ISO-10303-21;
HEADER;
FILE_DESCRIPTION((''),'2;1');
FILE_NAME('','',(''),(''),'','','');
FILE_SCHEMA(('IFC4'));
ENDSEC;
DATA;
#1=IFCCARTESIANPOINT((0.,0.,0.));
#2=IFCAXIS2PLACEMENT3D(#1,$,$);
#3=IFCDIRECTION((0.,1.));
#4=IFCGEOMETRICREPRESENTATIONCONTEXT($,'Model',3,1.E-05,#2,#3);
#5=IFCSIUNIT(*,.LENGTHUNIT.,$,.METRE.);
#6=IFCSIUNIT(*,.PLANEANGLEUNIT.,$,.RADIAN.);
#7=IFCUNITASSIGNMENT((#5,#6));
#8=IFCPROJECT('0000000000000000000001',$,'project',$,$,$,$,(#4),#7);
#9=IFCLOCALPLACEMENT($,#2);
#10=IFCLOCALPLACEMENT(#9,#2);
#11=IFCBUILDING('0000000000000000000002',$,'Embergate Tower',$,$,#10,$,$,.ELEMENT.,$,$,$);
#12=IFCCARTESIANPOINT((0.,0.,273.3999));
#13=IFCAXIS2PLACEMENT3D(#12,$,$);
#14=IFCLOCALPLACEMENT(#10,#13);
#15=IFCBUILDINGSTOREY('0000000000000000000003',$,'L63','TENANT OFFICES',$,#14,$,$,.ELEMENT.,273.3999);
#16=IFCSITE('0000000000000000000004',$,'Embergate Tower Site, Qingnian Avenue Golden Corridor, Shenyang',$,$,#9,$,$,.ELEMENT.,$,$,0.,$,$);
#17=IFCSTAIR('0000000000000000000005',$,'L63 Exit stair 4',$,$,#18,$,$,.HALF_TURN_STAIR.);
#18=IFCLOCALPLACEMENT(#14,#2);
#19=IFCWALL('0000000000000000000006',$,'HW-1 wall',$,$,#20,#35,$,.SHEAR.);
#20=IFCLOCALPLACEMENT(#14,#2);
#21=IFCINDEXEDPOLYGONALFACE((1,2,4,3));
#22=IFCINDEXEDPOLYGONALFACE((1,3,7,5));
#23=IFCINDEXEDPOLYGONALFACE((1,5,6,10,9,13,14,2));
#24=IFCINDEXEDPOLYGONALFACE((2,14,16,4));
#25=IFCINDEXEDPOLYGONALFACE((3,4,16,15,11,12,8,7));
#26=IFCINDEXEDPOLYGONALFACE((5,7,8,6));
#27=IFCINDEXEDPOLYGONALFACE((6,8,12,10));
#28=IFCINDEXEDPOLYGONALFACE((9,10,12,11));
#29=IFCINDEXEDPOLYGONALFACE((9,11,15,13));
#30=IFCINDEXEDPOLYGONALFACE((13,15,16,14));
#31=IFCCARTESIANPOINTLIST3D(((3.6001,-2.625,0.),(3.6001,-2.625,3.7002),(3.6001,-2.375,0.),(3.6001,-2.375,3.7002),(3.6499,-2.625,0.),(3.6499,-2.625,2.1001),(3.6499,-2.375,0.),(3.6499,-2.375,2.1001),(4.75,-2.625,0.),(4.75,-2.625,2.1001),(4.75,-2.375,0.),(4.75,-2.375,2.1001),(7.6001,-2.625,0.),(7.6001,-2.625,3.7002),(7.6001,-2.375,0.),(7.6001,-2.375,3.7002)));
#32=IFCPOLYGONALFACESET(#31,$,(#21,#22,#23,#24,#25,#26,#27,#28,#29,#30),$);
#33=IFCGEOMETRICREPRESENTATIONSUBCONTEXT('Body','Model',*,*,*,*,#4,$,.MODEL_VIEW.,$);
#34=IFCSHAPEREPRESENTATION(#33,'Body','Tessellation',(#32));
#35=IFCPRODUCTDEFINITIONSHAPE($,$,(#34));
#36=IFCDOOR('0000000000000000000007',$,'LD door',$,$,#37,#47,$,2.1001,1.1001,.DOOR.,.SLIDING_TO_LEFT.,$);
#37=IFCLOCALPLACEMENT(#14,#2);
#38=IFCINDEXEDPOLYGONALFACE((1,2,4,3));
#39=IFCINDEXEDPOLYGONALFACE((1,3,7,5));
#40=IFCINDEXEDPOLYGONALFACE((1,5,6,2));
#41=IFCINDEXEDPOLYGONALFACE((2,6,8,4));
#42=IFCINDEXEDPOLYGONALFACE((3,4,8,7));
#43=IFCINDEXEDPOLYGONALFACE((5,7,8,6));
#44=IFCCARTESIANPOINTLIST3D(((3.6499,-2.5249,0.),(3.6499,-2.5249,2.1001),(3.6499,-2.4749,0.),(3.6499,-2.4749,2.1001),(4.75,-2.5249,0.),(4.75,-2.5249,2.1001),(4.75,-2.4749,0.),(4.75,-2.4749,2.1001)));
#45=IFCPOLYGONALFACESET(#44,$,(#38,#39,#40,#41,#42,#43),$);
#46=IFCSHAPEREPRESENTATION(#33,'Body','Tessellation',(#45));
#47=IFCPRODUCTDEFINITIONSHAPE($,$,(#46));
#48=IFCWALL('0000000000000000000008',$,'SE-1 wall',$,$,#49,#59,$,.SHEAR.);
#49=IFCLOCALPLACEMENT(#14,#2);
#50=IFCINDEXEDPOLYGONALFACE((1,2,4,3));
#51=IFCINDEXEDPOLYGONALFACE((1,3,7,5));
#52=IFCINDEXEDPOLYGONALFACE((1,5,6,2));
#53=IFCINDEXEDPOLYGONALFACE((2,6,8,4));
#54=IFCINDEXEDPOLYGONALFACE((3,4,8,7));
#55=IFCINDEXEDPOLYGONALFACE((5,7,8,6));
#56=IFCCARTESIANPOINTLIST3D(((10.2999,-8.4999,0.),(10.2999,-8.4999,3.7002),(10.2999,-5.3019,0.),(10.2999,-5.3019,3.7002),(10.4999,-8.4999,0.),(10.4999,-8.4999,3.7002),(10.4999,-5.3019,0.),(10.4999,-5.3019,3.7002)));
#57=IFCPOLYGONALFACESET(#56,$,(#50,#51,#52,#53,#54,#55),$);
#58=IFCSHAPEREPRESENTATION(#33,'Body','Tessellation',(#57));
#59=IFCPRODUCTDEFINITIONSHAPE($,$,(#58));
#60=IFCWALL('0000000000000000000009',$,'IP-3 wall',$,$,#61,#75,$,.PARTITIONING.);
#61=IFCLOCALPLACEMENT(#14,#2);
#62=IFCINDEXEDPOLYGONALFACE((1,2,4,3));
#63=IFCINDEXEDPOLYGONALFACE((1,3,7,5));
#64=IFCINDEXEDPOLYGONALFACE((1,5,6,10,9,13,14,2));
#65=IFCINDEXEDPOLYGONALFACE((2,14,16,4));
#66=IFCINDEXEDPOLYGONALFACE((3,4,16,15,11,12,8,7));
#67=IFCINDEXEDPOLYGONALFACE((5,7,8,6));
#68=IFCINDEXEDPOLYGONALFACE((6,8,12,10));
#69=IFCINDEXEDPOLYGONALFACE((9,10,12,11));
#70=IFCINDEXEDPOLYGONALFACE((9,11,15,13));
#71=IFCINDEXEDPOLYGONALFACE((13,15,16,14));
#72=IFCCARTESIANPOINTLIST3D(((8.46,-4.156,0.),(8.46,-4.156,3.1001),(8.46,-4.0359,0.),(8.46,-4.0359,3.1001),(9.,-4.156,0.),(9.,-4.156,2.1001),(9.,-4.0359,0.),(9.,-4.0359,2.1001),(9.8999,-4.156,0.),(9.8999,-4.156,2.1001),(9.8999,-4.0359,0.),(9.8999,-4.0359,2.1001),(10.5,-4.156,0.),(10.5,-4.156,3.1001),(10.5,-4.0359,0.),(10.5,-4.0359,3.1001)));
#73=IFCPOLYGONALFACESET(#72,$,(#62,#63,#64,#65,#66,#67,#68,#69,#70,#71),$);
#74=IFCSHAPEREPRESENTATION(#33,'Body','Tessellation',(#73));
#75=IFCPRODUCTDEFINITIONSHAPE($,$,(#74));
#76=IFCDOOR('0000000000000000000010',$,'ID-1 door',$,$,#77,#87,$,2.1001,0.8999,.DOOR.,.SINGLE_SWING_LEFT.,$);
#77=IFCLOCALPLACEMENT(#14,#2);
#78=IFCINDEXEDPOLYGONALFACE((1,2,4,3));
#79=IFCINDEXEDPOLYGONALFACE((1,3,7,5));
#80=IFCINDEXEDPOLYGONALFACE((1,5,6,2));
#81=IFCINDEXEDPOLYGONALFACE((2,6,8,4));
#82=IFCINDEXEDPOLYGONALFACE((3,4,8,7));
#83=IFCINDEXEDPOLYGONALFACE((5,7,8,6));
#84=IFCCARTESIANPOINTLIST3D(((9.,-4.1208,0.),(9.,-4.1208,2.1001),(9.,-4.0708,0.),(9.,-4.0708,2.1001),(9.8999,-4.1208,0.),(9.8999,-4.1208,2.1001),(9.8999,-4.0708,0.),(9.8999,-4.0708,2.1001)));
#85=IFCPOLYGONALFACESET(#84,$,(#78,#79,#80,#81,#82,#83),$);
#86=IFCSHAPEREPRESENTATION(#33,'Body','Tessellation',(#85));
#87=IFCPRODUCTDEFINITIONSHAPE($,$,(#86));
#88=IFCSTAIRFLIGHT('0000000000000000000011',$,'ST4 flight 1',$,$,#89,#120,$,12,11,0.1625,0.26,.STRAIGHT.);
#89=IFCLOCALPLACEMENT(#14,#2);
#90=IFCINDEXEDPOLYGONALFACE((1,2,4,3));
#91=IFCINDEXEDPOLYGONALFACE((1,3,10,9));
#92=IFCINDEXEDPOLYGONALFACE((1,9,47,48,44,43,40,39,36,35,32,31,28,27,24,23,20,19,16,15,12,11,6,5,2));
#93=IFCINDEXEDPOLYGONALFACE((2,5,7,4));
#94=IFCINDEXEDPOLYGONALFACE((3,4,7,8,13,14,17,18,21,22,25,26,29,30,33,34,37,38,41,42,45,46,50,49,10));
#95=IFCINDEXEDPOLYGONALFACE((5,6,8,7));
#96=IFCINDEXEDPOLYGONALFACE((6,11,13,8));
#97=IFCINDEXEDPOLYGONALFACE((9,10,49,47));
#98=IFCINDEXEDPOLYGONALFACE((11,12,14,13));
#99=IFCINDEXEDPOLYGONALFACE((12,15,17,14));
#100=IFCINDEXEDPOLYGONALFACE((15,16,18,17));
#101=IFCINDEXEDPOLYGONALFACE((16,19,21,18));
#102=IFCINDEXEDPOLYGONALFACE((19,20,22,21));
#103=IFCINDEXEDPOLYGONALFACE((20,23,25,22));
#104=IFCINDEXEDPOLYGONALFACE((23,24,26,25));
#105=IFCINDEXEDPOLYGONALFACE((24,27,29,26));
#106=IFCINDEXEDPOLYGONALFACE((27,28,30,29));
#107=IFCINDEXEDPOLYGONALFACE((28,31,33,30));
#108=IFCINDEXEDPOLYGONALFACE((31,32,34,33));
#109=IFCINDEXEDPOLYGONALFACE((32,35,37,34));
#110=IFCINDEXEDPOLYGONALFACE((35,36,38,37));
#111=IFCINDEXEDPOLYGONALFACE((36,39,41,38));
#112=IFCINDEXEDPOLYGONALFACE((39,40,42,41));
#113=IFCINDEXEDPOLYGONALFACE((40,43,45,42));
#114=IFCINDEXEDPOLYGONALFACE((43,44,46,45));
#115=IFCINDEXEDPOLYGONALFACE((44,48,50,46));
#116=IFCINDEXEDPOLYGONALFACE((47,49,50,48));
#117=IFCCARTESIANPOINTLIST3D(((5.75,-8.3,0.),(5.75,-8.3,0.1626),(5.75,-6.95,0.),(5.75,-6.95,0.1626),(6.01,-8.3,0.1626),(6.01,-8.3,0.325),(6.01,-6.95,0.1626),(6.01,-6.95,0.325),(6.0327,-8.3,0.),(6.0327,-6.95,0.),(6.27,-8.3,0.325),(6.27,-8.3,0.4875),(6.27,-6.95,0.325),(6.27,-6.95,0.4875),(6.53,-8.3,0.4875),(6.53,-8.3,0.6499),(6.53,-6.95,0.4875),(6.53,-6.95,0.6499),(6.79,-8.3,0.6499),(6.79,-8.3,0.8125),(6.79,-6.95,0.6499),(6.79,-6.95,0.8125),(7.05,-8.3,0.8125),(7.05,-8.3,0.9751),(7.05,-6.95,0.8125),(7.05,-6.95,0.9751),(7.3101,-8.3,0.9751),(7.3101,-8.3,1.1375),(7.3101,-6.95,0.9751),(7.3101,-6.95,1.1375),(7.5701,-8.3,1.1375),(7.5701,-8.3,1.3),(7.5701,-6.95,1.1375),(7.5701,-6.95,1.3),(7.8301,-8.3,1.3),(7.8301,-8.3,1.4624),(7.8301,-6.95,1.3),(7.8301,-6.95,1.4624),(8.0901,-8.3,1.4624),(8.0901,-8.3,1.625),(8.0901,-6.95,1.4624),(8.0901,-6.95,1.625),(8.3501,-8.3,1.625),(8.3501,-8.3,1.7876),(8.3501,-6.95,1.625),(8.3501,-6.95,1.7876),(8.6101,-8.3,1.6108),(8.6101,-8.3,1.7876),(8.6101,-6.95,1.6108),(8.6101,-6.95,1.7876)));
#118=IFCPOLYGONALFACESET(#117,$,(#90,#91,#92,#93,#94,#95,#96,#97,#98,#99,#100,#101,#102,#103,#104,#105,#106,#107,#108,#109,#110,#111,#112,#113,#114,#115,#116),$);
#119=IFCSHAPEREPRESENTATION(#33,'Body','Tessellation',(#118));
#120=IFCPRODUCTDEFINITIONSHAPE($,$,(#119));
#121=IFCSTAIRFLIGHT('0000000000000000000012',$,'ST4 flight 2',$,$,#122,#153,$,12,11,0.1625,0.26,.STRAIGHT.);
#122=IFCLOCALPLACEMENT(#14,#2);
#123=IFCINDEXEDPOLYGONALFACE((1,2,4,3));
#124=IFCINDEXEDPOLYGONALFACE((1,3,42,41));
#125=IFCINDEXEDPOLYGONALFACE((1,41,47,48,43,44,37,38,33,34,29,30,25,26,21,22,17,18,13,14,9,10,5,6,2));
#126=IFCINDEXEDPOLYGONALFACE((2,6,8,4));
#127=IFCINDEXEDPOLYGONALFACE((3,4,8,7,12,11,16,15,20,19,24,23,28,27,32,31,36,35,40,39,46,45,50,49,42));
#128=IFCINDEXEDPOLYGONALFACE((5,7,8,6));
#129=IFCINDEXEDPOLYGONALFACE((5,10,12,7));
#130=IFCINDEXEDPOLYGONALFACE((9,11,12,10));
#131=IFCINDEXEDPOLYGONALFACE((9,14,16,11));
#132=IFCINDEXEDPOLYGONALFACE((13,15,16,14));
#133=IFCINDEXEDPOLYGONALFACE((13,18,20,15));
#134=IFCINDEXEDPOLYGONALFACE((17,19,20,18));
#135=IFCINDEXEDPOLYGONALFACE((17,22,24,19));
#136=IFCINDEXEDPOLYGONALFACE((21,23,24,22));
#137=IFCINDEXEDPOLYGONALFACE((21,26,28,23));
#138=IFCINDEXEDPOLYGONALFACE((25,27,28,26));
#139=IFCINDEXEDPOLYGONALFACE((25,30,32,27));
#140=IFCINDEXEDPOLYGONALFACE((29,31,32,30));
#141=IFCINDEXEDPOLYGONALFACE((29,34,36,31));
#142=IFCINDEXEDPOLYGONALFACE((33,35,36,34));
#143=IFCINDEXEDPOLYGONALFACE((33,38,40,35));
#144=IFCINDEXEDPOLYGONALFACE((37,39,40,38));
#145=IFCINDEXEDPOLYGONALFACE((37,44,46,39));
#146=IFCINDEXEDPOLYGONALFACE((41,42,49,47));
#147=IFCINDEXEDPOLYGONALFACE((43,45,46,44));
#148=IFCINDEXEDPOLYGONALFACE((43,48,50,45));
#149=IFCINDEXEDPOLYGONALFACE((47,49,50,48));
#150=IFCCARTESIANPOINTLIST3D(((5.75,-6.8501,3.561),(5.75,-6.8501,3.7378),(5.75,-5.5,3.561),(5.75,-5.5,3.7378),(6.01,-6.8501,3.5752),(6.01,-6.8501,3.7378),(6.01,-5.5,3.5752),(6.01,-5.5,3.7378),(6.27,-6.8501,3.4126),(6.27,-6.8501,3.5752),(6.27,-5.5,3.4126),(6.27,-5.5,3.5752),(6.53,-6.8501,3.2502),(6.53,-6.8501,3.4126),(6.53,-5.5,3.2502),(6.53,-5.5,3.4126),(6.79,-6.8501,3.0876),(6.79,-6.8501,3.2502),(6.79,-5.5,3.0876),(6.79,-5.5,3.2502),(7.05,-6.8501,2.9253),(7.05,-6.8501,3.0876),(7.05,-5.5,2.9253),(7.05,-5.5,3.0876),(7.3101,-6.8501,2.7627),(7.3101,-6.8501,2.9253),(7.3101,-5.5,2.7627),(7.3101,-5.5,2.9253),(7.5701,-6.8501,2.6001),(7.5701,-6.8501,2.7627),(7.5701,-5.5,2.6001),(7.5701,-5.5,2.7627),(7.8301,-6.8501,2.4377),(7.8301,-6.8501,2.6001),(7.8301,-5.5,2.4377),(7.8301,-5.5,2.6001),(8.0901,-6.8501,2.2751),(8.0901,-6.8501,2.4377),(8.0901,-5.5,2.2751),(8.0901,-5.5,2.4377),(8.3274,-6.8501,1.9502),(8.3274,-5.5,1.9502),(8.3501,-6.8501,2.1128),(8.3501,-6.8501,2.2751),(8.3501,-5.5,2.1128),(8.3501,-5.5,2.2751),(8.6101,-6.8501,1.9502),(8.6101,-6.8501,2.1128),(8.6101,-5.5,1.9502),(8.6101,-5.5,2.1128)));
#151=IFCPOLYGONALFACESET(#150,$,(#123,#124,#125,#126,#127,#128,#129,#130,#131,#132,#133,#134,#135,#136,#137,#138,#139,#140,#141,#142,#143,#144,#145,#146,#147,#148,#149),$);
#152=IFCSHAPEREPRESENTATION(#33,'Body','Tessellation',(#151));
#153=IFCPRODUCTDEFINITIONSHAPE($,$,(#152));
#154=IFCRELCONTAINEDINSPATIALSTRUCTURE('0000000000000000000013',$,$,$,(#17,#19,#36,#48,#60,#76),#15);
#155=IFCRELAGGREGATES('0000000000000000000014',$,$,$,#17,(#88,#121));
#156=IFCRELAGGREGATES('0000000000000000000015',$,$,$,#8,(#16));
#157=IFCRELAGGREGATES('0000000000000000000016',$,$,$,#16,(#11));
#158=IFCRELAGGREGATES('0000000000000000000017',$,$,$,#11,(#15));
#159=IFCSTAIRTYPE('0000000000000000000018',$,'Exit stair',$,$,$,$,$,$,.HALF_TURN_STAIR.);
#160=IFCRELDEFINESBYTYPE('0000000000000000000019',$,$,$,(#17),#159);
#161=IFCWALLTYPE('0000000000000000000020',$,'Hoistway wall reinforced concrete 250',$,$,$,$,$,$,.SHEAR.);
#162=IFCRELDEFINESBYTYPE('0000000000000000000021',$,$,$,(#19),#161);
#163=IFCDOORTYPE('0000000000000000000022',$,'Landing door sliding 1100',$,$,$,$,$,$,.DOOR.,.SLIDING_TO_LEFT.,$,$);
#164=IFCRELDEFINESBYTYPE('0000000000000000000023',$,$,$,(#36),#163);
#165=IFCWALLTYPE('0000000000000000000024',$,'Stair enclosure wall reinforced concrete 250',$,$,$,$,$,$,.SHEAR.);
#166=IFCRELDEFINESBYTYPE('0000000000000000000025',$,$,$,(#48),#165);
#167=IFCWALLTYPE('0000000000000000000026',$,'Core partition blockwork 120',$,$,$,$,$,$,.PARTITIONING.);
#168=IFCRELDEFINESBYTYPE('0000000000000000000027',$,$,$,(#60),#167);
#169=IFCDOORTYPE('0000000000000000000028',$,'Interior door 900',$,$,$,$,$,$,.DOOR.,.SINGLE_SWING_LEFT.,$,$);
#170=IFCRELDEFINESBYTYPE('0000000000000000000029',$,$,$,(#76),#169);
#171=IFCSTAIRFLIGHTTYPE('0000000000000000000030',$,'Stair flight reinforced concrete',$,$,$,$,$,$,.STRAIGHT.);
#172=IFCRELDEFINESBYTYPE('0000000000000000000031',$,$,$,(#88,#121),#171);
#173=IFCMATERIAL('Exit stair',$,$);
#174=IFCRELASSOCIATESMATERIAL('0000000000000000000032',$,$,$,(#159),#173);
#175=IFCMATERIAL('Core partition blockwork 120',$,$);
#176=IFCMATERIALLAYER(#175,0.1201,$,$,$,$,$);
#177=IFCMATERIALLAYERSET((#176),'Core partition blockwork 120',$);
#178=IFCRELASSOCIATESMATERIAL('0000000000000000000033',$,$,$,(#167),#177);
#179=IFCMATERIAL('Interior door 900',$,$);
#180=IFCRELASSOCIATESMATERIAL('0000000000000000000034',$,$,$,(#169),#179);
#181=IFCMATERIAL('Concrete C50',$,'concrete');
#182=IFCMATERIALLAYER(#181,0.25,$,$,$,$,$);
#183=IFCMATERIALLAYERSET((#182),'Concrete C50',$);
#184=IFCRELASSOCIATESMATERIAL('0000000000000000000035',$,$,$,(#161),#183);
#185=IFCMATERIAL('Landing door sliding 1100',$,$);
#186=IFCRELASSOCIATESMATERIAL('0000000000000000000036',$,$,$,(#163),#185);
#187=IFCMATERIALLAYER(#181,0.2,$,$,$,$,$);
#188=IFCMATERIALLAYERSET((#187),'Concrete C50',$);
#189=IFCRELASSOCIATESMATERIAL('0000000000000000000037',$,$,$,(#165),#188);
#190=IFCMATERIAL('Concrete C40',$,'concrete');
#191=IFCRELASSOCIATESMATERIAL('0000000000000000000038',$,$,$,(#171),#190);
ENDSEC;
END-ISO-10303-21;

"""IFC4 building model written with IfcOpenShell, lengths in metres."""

from ifc_helpers import new_model, si_unit, direction, frame, frame_2d, origin, place, context, subcontext, project, spatial, polyline, rectangle, outline, extrude, source, transform, mapped, material, layer, layer_set, type_object, element, fill, aggregate, save


model = new_model("IFC4")

# Units and contexts
model_context = context("Model", 3, precision=1e-05, world=origin(), true_north=direction((0.0, 1.0)))
body_context = subcontext(model_context, "Body", "Model", "MODEL_VIEW")
ifc_project = project(units=[si_unit("LENGTHUNIT", "METRE"), si_unit("PLANEANGLEUNIT", "RADIAN")], contexts=[model_context])

# Site, building, storey
site_placement = place(None, origin())
site = spatial("IfcSite", under=ifc_project, at=site_placement, Name="Embergate Tower Site, Qingnian Avenue Golden Corridor, Shenyang", CompositionType="ELEMENT", RefElevation=0.0)
building_placement = place(site_placement, origin())
building = spatial("IfcBuilding", under=site, at=building_placement, Name="Embergate Tower", CompositionType="ELEMENT")
storey_placement = place(building_placement, frame((0.0, 0.0, 273.3999)))
storey = spatial("IfcBuildingStorey", under=building, at=storey_placement, Name="L63", Description="TENANT OFFICES", CompositionType="ELEMENT", Elevation=273.3999)

# Stair
ifc_material_1 = material(Name="Exit stair")
stair_type = type_object("IfcStairType", Name="Exit stair", PredefinedType="HALF_TURN_STAIR", material=ifc_material_1)
stair_placement = place(storey_placement, origin())
stair = element("IfcStair", 1, at=stair_placement, inside=storey, type_object=stair_type, Name="L63 Exit stair 4", PredefinedType="HALF_TURN_STAIR")
ifc_material_2 = material(Name="Concrete C40", Category="concrete")

# Shared definitions
ifc_material_3 = material(Name="Concrete C50", Category="concrete")
ifc_material_4 = material(Name="Core partition blockwork 120")
ifc_layer_1 = layer(ifc_material_4, 0.1201)
ifc_layer_set_1 = layer_set([ifc_layer_1], Name="Core partition blockwork 120")
wall_type_1 = type_object("IfcWallType", Name="Core partition blockwork 120", PredefinedType="PARTITIONING", material=ifc_layer_set_1)
shared_shape_1 = source(origin(), body_context, "Body", "SweptSolid", [
    extrude(rectangle(XDim=0.8999, YDim=2.1001, at=frame_2d((0.45, 1.05))), frame((0.0, 0.0701, 0.0), z_axis=(0.0, -1.0, 0.0), x_axis=(1.0, 0.0, 0.0)), (0.0, 0.0, 1.0), 0.1401),
])
ifc_material_5 = material(Name="Interior door 900")
door_type_1 = type_object("IfcDoorType", Name="Interior door 900", OperationType="SINGLE_SWING_LEFT", PredefinedType="DOOR", material=ifc_material_5)
shared_shape_2 = source(origin(), body_context, "Body", "SweptSolid", [
    extrude(rectangle(XDim=0.8999, YDim=2.1001, at=frame_2d((0.45, 1.05))), frame((0.0, 0.0249, 0.0), z_axis=(0.0, -1.0, 0.0), x_axis=(1.0, 0.0, 0.0)), (0.0, 0.0, 1.0), 0.05),
])

# Shared definitions
ifc_layer_2 = layer(ifc_material_3, 0.25)
ifc_layer_set_2 = layer_set([ifc_layer_2], Name="Concrete C50")
wall_type_2 = type_object("IfcWallType", Name="Hoistway wall reinforced concrete 250", PredefinedType="SHEAR", material=ifc_layer_set_2)

# Wall, opening, door
shared_shape_3 = source(origin(), body_context, "Body", "SweptSolid", [
    extrude(rectangle(XDim=4.0, YDim=0.25, at=frame_2d((2.0, 0.0))), origin(), (0.0, 0.0, 1.0), 3.7002),
])
wall_1_placement = place(storey_placement, frame((7.6001, -2.5, 0.0), z_axis=(0.0, 0.0, 1.0), x_axis=(-1.0, 0.0, 0.0)))
wall_1 = element("IfcWall", 2, at=wall_1_placement, inside=storey, type_object=wall_type_2, Name="HW-1 wall", PredefinedType="SHEAR", context=body_context, shape_type="MappedRepresentation", body=[
    mapped(shared_shape_3, transform((0.0, 0.0, 0.0))),
])
shared_shape_4 = source(origin(), body_context, "Body", "SweptSolid", [
    extrude(rectangle(XDim=1.1001, YDim=2.1001, at=frame_2d((0.55, 1.05))), frame((0.0, 0.135, 0.0), z_axis=(0.0, -1.0, 0.0), x_axis=(1.0, 0.0, 0.0)), (0.0, 0.0, 1.0), 0.27),
])
opening_1_placement = place(wall_1_placement, frame((2.8501, 0.0, 0.0)))
opening_1 = element("IfcOpeningElement", 3, at=opening_1_placement, cuts=wall_1, PredefinedType="OPENING", context=body_context, shape_type="MappedRepresentation", body=[
    mapped(shared_shape_4, transform((0.0, 0.0, 0.0))),
])
ifc_material_6 = material(Name="Landing door sliding 1100")
door_type_2 = type_object("IfcDoorType", Name="Landing door sliding 1100", OperationType="SLIDING_TO_LEFT", PredefinedType="DOOR", material=ifc_material_6)
shared_shape_5 = source(origin(), body_context, "Body", "SweptSolid", [
    extrude(rectangle(XDim=1.1001, YDim=2.1001, at=frame_2d((0.55, 1.05))), frame((0.0, 0.0249, 0.0), z_axis=(0.0, -1.0, 0.0), x_axis=(1.0, 0.0, 0.0)), (0.0, 0.0, 1.0), 0.05),
])
door_1_placement = place(opening_1_placement, origin())
door_1 = element("IfcDoor", 4, at=door_1_placement, inside=storey, type_object=door_type_2, Name="LD door", OperationType="SLIDING_TO_LEFT", OverallHeight=2.1001, OverallWidth=1.1001, PredefinedType="DOOR", context=body_context, shape_type="MappedRepresentation", body=[
    mapped(shared_shape_5, transform((0.0, 0.0, 0.0))),
])
fill(opening_1, door_1)

# Wall
ifc_layer_3 = layer(ifc_material_3, 0.2)
ifc_layer_set_3 = layer_set([ifc_layer_3], Name="Concrete C50")
wall_type_3 = type_object("IfcWallType", Name="Stair enclosure wall reinforced concrete 250", PredefinedType="SHEAR", material=ifc_layer_set_3)
shared_shape_6 = source(origin(), body_context, "Body", "SweptSolid", [
    extrude(rectangle(XDim=3.198, YDim=0.2, at=frame_2d((1.5991, 0.0))), origin(), (0.0, 0.0, 1.0), 3.7002),
])
wall_2_placement = place(storey_placement, frame((10.3999, -8.5, 0.0), z_axis=(0.0, 0.0, 1.0), x_axis=(0.0, 1.0, 0.0)))
element("IfcWall", 5, at=wall_2_placement, inside=storey, type_object=wall_type_3, Name="SE-1 wall", PredefinedType="SHEAR", context=body_context, shape_type="MappedRepresentation", body=[
    mapped(shared_shape_6, transform((0.0, 0.0, 0.0))),
])

# Wall, opening, door
shared_shape_7 = source(origin(), body_context, "Body", "SweptSolid", [
    extrude(rectangle(XDim=2.04, YDim=0.1201, at=frame_2d((1.02, 0.0))), origin(), (0.0, 0.0, 1.0), 3.1001),
])
wall_3_placement = place(storey_placement, frame((10.5, -4.0959, 0.0), z_axis=(0.0, 0.0, 1.0), x_axis=(-1.0, 0.0, 0.0)))
wall_3 = element("IfcWall", 6, at=wall_3_placement, inside=storey, type_object=wall_type_1, Name="IP-3 wall", PredefinedType="PARTITIONING", context=body_context, shape_type="MappedRepresentation", body=[
    mapped(shared_shape_7, transform((0.0, 0.0, 0.0))),
])
opening_2_placement = place(wall_3_placement, frame((0.6001, 0.0, 0.0)))
opening_2 = element("IfcOpeningElement", 7, at=opening_2_placement, cuts=wall_3, PredefinedType="OPENING", context=body_context, shape_type="MappedRepresentation", body=[
    mapped(shared_shape_1, transform((0.0, 0.0, 0.0))),
])
door_2_placement = place(opening_2_placement, origin())
door_2 = element("IfcDoor", 8, at=door_2_placement, inside=storey, type_object=door_type_1, Name="ID-1 door", OperationType="SINGLE_SWING_LEFT", OverallHeight=2.1001, OverallWidth=0.8999, PredefinedType="DOOR", context=body_context, shape_type="MappedRepresentation", body=[
    mapped(shared_shape_2, transform((0.0, 0.0, 0.0))),
])
fill(opening_2, door_2)

# Stair flights
stair_flight_type = type_object("IfcStairFlightType", Name="Stair flight reinforced concrete", PredefinedType="STRAIGHT", material=ifc_material_2)
shared_shape_8 = source(origin(), body_context, "Body", "SweptSolid", [
    extrude(outline(polyline([(0.0, 0.0), (0.0, 0.1626), (0.26, 0.1626), (0.26, 0.325), (0.52, 0.325), (0.52, 0.4875), (0.78, 0.4875), (0.78, 0.6499), (1.04, 0.6499), (1.04, 0.8125), (1.3, 0.8125), (1.3, 0.9751), (1.5601, 0.9751), (1.5601, 1.1375), (1.8201, 1.1375), (1.8201, 1.3), (2.0801, 1.3), (2.0801, 1.4624), (2.3401, 1.4624), (2.3401, 1.625), (2.6001, 1.625), (2.6001, 1.7876), (2.8601, 1.7876), (2.8601, 1.95), (2.8601, 1.6108), (0.2827, 0.0), (0.0, 0.0)])), frame((0.0, 0.675, 0.0), z_axis=(0.0, -1.0, 0.0), x_axis=(1.0, 0.0, 0.0)), (0.0, 0.0, 1.0), 1.3501),
])
stair_flight_1_placement = place(storey_placement, frame((5.75, -7.625, 0.0), z_axis=(0.0, 0.0, 1.0), x_axis=(1.0, 0.0, 0.0)))
stair_flight_1 = element("IfcStairFlight", 9, at=stair_flight_1_placement, type_object=stair_flight_type, Name="ST4 flight 1", NumberOfRisers=12, NumberOfTreads=11, PredefinedType="STRAIGHT", RiserHeight=0.1625, TreadLength=0.26, context=body_context, shape_type="MappedRepresentation", body=[
    mapped(shared_shape_8, transform((0.0, 0.0, 0.0))),
])
stair_flight_2_placement = place(storey_placement, frame((8.6101, -6.175, 1.9502), z_axis=(0.0, 0.0, 1.0), x_axis=(-1.0, 0.0, 0.0)))
stair_flight_2 = element("IfcStairFlight", 10, at=stair_flight_2_placement, type_object=stair_flight_type, Name="ST4 flight 2", NumberOfRisers=12, NumberOfTreads=11, PredefinedType="STRAIGHT", RiserHeight=0.1625, TreadLength=0.26, context=body_context, shape_type="MappedRepresentation", body=[
    mapped(shared_shape_8, transform((0.0, 0.0, 0.0))),
])
aggregate(stair, [stair_flight_1, stair_flight_2])

save(model, "model.ifc")
